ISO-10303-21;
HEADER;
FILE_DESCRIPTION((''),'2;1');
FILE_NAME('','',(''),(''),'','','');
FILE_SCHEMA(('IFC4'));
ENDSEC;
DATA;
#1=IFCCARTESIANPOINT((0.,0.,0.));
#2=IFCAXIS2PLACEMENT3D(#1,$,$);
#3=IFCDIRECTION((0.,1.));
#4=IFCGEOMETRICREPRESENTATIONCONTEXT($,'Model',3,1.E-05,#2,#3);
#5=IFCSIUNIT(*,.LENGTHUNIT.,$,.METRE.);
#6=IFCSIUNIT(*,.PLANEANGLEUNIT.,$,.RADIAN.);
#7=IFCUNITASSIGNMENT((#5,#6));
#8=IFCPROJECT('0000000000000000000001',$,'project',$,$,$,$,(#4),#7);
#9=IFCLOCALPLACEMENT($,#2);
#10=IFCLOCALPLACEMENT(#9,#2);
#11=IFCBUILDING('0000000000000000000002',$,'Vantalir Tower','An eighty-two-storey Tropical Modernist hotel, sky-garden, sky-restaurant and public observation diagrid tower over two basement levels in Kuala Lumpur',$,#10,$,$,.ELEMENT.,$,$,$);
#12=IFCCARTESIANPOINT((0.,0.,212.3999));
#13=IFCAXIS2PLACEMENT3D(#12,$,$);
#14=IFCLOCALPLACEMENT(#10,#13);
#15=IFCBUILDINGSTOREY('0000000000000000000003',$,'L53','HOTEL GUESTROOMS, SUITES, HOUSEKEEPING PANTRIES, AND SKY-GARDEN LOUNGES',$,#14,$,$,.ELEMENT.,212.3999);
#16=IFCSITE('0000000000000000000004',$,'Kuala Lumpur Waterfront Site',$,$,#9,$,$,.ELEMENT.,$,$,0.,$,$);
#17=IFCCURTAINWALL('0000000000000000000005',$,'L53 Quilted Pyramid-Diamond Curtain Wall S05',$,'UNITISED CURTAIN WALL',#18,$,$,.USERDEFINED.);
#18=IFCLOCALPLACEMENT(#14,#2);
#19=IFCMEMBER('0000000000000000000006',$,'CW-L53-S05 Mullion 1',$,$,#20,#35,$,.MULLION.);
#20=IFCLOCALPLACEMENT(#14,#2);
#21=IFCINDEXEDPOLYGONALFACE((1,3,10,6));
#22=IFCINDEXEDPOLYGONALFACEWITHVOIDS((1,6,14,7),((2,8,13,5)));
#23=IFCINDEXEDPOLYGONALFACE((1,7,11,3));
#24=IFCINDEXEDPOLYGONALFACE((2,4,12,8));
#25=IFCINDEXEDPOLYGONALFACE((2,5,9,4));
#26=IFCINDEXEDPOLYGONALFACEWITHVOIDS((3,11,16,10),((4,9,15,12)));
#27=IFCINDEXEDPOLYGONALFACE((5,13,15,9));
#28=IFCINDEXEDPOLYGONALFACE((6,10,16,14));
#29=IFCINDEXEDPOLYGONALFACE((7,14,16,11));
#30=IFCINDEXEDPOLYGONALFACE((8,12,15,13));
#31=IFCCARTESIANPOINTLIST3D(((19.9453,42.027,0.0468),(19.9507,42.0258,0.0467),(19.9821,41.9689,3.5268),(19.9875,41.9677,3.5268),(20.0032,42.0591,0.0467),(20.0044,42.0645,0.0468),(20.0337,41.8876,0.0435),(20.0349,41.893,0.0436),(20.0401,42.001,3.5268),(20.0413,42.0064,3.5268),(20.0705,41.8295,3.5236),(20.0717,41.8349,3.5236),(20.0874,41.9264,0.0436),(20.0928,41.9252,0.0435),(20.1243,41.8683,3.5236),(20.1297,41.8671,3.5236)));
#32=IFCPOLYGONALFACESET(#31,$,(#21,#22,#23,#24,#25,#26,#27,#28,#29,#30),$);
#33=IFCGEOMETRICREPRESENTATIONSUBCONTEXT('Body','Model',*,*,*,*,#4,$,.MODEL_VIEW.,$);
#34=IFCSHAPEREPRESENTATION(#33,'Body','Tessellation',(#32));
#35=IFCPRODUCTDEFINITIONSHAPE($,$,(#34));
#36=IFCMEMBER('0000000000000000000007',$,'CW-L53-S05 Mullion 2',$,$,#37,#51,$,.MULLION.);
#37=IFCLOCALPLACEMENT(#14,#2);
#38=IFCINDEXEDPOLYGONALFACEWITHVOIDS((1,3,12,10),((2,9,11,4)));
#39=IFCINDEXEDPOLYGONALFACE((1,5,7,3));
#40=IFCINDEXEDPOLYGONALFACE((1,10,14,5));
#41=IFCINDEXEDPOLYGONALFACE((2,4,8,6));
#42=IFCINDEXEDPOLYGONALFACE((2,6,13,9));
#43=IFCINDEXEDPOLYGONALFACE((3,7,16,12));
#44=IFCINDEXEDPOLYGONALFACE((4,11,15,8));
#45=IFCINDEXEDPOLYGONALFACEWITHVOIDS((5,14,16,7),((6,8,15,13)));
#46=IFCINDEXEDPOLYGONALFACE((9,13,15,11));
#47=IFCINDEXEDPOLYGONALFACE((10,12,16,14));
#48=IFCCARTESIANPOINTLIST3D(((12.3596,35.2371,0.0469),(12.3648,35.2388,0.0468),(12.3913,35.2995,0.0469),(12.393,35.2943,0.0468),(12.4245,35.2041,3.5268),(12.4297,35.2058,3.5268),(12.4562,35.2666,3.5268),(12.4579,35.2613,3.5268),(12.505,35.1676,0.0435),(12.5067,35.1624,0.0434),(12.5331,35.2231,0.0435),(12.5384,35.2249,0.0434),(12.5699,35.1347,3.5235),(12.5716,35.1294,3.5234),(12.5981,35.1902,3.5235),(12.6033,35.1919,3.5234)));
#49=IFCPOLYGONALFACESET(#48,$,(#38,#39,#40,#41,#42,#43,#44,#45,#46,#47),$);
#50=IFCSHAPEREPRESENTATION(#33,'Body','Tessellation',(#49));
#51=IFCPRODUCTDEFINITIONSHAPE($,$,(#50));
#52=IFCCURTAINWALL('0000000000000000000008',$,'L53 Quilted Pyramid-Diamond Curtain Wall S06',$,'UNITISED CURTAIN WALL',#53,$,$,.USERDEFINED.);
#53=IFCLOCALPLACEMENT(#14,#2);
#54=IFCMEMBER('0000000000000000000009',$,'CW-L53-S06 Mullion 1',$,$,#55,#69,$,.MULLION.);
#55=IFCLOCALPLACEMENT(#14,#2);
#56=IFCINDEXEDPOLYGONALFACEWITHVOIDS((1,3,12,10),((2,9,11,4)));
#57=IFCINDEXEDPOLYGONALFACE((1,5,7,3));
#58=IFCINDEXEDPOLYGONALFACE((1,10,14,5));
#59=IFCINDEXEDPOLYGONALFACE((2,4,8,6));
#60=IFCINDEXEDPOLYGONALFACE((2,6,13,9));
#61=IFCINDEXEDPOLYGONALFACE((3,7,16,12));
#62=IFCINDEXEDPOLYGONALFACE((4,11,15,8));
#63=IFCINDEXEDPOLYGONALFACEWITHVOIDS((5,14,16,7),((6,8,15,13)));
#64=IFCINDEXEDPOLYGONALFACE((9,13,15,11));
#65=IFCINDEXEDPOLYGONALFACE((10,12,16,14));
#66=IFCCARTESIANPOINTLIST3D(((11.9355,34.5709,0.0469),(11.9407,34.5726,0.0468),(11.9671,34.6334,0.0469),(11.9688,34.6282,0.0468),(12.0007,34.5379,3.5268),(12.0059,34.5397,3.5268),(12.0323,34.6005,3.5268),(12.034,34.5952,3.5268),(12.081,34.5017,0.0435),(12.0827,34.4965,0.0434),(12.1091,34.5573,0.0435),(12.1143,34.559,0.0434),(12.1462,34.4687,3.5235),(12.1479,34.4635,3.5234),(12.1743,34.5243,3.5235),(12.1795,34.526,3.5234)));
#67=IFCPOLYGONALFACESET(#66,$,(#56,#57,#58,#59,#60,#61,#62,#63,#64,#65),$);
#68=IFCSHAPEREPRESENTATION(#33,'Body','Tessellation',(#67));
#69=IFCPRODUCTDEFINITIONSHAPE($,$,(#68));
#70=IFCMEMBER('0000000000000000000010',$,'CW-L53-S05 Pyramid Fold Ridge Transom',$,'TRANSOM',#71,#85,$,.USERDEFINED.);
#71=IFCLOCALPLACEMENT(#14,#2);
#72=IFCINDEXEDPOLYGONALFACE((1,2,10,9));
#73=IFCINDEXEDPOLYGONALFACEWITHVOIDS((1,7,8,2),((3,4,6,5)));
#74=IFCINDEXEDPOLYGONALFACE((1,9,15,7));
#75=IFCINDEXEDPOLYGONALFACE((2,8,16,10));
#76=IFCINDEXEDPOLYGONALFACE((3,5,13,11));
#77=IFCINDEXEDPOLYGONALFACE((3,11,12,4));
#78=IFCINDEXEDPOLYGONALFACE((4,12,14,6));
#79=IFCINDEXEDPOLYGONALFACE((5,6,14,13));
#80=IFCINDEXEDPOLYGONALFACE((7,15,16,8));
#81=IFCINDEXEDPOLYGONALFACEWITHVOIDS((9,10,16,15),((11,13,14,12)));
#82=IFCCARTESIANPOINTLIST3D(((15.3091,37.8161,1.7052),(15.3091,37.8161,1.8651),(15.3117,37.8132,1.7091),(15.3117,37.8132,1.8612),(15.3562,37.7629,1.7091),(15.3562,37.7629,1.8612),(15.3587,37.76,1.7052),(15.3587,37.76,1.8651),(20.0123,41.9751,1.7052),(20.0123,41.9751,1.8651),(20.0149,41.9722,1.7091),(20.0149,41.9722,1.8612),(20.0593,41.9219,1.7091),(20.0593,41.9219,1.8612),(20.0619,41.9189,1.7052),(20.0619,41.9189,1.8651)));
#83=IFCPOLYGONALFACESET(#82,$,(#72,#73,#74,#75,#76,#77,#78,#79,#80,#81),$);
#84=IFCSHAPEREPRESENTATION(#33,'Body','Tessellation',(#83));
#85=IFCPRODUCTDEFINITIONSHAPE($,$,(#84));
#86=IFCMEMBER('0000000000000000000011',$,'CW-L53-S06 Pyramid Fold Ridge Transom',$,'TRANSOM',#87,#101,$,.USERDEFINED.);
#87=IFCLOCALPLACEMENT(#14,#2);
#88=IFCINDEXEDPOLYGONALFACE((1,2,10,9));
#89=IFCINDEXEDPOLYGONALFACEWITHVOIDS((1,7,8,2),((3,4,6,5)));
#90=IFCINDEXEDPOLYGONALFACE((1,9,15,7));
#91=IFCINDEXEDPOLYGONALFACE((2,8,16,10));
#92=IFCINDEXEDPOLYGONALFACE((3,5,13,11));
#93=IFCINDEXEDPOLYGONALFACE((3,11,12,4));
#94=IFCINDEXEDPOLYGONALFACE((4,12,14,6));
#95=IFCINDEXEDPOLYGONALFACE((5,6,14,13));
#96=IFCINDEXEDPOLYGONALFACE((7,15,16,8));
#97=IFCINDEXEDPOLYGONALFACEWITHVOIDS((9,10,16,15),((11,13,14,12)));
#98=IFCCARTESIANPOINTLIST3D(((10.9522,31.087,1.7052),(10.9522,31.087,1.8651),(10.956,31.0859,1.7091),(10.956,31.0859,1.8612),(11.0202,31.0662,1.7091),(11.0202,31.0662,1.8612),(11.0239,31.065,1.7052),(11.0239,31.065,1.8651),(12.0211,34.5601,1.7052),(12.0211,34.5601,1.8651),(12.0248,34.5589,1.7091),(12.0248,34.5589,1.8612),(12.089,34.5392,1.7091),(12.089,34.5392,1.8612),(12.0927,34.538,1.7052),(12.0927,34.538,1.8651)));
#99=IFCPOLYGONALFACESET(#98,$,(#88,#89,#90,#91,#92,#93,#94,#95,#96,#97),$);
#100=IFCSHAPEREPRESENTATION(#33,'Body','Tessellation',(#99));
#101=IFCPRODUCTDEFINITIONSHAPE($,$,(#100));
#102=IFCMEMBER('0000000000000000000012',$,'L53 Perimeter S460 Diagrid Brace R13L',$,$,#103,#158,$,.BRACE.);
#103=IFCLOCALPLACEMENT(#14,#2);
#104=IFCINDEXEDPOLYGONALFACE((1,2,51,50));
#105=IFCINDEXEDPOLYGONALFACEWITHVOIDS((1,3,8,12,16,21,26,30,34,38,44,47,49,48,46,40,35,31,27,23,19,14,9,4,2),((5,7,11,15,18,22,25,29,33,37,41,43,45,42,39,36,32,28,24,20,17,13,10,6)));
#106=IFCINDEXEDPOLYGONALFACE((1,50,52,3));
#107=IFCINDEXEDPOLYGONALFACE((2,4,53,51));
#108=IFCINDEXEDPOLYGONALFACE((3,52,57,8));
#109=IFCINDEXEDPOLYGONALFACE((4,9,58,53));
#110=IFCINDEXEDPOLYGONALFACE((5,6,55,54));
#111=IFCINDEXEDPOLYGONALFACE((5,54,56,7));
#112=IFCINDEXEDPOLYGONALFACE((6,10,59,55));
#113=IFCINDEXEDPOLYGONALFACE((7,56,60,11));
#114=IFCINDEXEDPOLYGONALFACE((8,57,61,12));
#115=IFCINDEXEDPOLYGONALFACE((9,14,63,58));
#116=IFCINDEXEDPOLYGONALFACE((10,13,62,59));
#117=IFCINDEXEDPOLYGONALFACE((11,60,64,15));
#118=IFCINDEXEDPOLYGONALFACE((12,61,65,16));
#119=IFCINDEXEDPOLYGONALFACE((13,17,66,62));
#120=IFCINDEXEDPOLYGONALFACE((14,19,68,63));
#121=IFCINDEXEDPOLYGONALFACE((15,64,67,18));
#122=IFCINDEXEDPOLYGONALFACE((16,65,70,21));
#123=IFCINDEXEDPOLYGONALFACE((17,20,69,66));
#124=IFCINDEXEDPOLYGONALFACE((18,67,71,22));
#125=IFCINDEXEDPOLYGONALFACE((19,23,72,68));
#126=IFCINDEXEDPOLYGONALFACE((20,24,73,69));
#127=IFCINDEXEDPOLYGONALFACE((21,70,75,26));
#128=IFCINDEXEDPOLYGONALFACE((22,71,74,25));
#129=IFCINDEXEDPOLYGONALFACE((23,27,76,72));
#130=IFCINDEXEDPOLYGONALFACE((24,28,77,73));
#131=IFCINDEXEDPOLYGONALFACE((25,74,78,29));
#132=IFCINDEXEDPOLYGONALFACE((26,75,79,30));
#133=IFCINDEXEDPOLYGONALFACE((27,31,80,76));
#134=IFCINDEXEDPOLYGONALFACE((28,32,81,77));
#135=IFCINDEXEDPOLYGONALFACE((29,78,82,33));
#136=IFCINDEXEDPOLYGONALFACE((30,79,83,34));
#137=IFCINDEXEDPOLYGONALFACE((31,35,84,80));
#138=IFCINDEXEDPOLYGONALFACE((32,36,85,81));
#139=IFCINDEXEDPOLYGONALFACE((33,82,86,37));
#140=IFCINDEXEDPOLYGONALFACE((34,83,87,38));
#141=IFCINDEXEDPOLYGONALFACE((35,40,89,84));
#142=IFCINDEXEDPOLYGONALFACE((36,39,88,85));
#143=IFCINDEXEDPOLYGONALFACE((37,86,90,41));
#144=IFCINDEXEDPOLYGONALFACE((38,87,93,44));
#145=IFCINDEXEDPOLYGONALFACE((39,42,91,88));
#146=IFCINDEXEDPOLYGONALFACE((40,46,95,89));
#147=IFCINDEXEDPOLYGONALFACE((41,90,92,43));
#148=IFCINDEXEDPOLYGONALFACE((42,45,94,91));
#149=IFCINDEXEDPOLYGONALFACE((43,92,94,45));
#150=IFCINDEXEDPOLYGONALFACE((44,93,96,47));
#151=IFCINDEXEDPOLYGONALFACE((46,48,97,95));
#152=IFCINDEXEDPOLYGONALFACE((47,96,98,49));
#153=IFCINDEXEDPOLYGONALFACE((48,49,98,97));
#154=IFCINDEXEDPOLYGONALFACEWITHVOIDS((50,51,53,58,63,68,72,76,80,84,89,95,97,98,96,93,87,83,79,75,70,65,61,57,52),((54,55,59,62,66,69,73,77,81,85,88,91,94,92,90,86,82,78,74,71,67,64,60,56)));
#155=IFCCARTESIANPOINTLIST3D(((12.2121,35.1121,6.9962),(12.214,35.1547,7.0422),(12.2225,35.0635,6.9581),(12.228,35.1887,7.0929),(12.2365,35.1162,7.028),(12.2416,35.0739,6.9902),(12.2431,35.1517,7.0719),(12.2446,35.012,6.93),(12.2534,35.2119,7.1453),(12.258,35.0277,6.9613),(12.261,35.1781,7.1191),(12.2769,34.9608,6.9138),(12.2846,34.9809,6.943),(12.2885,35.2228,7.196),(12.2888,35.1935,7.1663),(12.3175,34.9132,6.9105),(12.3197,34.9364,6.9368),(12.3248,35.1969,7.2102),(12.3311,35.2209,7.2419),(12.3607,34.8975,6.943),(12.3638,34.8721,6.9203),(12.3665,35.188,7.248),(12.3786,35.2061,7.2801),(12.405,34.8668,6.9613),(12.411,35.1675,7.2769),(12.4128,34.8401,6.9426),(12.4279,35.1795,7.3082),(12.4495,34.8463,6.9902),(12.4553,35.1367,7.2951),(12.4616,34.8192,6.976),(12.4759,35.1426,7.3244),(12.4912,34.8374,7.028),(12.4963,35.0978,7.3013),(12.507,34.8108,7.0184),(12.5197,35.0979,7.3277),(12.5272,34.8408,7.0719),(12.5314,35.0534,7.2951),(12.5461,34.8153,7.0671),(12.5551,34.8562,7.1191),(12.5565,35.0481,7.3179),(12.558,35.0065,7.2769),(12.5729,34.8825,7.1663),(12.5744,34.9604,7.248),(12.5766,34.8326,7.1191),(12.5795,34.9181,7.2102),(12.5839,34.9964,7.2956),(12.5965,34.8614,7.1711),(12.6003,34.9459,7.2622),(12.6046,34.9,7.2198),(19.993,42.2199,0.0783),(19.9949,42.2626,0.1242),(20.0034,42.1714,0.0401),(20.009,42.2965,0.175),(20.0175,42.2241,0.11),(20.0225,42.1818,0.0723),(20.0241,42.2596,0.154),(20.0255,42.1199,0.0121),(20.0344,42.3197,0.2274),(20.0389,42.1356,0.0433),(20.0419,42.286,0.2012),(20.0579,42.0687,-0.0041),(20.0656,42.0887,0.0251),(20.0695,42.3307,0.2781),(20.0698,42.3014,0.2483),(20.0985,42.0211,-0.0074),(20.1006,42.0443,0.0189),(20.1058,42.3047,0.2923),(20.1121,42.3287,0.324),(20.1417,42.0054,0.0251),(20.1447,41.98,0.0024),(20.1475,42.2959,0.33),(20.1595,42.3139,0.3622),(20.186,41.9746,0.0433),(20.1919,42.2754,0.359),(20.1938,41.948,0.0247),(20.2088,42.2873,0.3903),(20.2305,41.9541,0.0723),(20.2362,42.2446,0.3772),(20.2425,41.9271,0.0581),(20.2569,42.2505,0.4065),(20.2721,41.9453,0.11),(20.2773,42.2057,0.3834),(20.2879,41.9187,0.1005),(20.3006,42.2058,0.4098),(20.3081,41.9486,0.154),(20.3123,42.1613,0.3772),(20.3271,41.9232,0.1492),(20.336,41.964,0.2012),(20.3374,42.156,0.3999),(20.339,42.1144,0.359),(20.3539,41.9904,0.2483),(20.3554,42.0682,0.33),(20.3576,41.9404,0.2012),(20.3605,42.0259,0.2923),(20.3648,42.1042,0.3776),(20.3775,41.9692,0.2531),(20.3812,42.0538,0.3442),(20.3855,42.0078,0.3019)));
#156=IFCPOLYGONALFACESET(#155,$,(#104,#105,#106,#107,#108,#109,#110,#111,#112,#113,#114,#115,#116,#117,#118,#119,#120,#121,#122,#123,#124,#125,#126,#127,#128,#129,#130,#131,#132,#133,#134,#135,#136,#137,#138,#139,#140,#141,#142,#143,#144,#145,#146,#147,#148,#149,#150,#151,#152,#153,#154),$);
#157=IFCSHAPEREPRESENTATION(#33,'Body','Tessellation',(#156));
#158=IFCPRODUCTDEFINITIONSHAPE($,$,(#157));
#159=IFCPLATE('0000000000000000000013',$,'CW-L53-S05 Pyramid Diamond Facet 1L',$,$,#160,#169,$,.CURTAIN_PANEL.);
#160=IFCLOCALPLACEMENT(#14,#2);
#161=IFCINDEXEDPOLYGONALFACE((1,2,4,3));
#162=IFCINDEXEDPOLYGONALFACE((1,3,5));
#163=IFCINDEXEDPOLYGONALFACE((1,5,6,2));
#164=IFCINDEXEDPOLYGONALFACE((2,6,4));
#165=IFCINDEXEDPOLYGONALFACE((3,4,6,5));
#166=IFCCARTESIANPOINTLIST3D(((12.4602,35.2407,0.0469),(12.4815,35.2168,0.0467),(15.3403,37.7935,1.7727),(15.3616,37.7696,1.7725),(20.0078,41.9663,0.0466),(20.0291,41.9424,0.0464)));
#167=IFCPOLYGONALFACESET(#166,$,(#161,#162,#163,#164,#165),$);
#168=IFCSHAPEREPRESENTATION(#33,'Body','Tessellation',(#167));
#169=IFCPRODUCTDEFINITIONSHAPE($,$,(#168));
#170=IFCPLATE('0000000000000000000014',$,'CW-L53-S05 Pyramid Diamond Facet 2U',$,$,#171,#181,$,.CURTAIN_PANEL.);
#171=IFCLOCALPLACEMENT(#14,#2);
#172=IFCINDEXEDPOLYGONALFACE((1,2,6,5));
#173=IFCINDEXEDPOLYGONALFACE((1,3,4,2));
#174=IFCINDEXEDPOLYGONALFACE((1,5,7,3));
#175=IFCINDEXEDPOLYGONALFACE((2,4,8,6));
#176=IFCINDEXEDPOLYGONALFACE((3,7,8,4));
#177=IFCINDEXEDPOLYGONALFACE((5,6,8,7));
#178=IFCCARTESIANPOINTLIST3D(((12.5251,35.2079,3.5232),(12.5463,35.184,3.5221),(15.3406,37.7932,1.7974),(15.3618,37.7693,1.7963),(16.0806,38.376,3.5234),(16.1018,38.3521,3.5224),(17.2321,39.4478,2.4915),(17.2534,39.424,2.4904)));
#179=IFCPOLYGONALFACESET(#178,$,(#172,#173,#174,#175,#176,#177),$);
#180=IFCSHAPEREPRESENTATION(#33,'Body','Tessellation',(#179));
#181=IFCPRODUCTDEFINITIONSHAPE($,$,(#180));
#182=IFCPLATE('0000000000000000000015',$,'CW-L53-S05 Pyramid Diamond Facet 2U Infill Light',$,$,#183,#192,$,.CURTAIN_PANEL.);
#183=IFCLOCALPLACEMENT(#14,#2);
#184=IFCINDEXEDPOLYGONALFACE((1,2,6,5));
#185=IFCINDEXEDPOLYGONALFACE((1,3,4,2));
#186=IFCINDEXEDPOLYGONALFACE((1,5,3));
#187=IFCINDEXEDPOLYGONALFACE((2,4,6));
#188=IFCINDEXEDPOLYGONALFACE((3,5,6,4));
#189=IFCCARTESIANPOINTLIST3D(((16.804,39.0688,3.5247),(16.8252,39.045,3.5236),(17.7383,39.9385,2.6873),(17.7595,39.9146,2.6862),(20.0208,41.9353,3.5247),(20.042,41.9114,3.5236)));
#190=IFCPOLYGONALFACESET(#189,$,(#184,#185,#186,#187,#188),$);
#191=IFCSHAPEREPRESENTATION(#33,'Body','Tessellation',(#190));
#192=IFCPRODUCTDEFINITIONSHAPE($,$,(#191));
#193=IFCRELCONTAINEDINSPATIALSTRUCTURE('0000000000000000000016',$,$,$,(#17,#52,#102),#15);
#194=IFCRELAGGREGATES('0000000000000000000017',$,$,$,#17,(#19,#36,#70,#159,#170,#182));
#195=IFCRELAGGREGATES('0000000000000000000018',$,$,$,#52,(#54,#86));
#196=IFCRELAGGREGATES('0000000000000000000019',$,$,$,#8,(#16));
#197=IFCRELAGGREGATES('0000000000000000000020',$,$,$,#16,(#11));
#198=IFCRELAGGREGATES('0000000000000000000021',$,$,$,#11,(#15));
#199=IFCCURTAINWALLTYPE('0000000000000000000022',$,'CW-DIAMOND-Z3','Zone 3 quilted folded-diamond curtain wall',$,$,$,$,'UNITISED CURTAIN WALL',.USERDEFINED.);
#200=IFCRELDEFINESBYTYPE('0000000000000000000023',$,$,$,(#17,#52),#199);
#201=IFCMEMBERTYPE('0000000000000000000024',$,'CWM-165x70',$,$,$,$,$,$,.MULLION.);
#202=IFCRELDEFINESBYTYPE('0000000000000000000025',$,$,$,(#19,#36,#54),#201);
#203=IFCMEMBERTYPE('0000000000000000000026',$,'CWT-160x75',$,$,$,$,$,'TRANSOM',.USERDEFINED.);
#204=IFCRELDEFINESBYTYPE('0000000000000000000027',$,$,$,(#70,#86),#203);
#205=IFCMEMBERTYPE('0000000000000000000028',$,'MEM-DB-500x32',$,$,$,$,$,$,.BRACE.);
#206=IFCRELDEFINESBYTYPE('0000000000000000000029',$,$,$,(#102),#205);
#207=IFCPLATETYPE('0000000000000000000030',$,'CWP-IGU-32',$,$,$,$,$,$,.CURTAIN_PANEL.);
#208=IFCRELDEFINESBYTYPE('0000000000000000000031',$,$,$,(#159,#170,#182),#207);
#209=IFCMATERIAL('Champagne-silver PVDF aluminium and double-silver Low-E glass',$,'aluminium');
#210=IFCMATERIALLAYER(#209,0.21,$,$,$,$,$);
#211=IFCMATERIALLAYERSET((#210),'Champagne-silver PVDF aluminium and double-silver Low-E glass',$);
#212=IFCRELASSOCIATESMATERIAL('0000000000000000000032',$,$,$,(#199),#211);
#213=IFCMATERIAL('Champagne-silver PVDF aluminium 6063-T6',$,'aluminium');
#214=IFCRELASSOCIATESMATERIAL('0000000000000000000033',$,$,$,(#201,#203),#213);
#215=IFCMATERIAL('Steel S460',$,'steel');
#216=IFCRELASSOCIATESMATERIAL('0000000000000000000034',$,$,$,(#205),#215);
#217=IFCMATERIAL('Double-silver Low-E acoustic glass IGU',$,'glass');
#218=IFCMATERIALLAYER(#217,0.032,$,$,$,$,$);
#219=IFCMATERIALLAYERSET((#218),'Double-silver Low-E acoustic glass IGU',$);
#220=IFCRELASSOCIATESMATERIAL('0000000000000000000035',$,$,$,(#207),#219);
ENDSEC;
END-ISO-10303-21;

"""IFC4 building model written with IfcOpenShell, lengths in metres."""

from ifc_helpers import new_model, si_unit, direction, frame, origin, origin_2d, place, context, subcontext, project, spatial, polyline, hollow_rectangle, hollow_circle, outline, extrude, material, layer, layer_set, material_profile, profile_set, type_object, element, aggregate, save


model = new_model("IFC4")

# Units and contexts
model_context = context("Model", 3, precision=1e-05, world=origin(), true_north=direction((0.0, 1.0)))
body_context = subcontext(model_context, "Body", "Model", "MODEL_VIEW")
ifc_project = project(units=[si_unit("LENGTHUNIT", "METRE"), si_unit("PLANEANGLEUNIT", "RADIAN")], contexts=[model_context])

# Site, building, storey
site_placement = place(None, origin())
site = spatial("IfcSite", under=ifc_project, at=site_placement, Name="Kuala Lumpur Waterfront Site", CompositionType="ELEMENT", RefElevation=0.0)
building_placement = place(site_placement, origin())
building = spatial("IfcBuilding", under=site, at=building_placement, Name="Vantalir Tower", Description="An eighty-two-storey Tropical Modernist hotel, sky-garden, sky-restaurant and public observation diagrid tower over two basement levels in Kuala Lumpur", CompositionType="ELEMENT")
storey_placement = place(building_placement, frame((0.0, 0.0, 212.3999)))
storey = spatial("IfcBuildingStorey", under=building, at=storey_placement, Name="L53", Description="HOTEL GUESTROOMS, SUITES, HOUSEKEEPING PANTRIES, AND SKY-GARDEN LOUNGES", CompositionType="ELEMENT", Elevation=212.3999)

# Shared definitions
ifc_material_1 = material(Name="Steel S460", Category="steel")

# Curtain wall, members
ifc_material_2 = material(Name="Champagne-silver PVDF aluminium and double-silver Low-E glass", Category="aluminium")
ifc_layer_1 = layer(ifc_material_2, 0.21)
ifc_layer_set_1 = layer_set([ifc_layer_1], Name="Champagne-silver PVDF aluminium and double-silver Low-E glass")
curtain_wall_type = type_object("IfcCurtainWallType", Name="CW-DIAMOND-Z3", Description="Zone 3 quilted folded-diamond curtain wall", ElementType="UNITISED CURTAIN WALL", PredefinedType="USERDEFINED", material=ifc_layer_set_1)
curtain_wall_1_placement = place(storey_placement, origin())
curtain_wall_1 = element("IfcCurtainWall", 1, at=curtain_wall_1_placement, inside=storey, type_object=curtain_wall_type, Name="L53 Quilted Pyramid-Diamond Curtain Wall S05", ObjectType="UNITISED CURTAIN WALL", PredefinedType="USERDEFINED")
ifc_material_3 = material(Name="Champagne-silver PVDF aluminium 6063-T6", Category="aluminium")
ifc_material_profile_1 = material_profile(ifc_material_3, hollow_rectangle(XDim=0.0701, YDim=0.165, WallThickness=0.0039, at=origin_2d()), Name="Champagne-silver PVDF aluminium 6063-T6")
ifc_profile_set_1 = profile_set([ifc_material_profile_1], Name="Champagne-silver PVDF aluminium 6063-T6")
member_type_1 = type_object("IfcMemberType", Name="CWM-165x70", PredefinedType="MULLION", material=ifc_profile_set_1)
member_1_placement = place(storey_placement, frame((20.019, 41.9761, 0.0452), z_axis=(0.010591, -0.016694, 0.999805), x_axis=(0.844391, 0.535727, 0.0)))
member_1 = element("IfcMember", 2, at=member_1_placement, type_object=member_type_1, Name="CW-L53-S05 Mullion 1", PredefinedType="MULLION", context=body_context, shape_type="SweptSolid", body=[
    extrude(hollow_rectangle(XDim=0.0701, YDim=0.165, WallThickness=0.0039, at=origin_2d()), origin(), (0.0, 0.0, 1.0), 3.4807),
])
member_2_placement = place(storey_placement, frame((12.449, 35.231, 0.0452), z_axis=(0.018657, -0.009469, 0.999781), x_axis=(0.452569, 0.891729, 0.0)))
member_2 = element("IfcMember", 3, at=member_2_placement, type_object=member_type_1, Name="CW-L53-S05 Mullion 2", PredefinedType="MULLION", context=body_context, shape_type="SweptSolid", body=[
    extrude(hollow_rectangle(XDim=0.0701, YDim=0.165, WallThickness=0.0039, at=origin_2d()), origin(), (0.0, 0.0, 1.0), 3.4807),
])

# Curtain wall, member
curtain_wall_2_placement = place(storey_placement, origin())
curtain_wall_2 = element("IfcCurtainWall", 4, at=curtain_wall_2_placement, inside=storey, type_object=curtain_wall_type, Name="L53 Quilted Pyramid-Diamond Curtain Wall S06", ObjectType="UNITISED CURTAIN WALL", PredefinedType="USERDEFINED")
member_3_placement = place(storey_placement, frame((12.0249, 34.5649, 0.0452), z_axis=(0.018727, -0.009469, 0.99978), x_axis=(0.45122, 0.892413, 0.0)))
member_3 = element("IfcMember", 5, at=member_3_placement, type_object=member_type_1, Name="CW-L53-S06 Mullion 1", PredefinedType="MULLION", context=body_context, shape_type="SweptSolid", body=[
    extrude(hollow_rectangle(XDim=0.0701, YDim=0.165, WallThickness=0.0039, at=origin_2d()), origin(), (0.0, 0.0, 1.0), 3.4807),
])

# Members
ifc_material_profile_2 = material_profile(ifc_material_3, hollow_rectangle(XDim=0.075, YDim=0.1599, WallThickness=0.0039, at=origin_2d()), Name="Champagne-silver PVDF aluminium 6063-T6")
ifc_profile_set_2 = profile_set([ifc_material_profile_2], Name="Champagne-silver PVDF aluminium 6063-T6")
member_type_2 = type_object("IfcMemberType", Name="CWT-160x75", ElementType="TRANSOM", PredefinedType="USERDEFINED", material=ifc_profile_set_2)
member_4_placement = place(storey_placement, frame((20.0371, 41.947, 1.7852), z_axis=(-0.749117, -0.662438, 0.0), x_axis=(0.662438, -0.749117, 0.0)))
member_4 = element("IfcMember", 6, at=member_4_placement, type_object=member_type_2, Name="CW-L53-S05 Pyramid Fold Ridge Transom", ObjectType="TRANSOM", PredefinedType="USERDEFINED", context=body_context, shape_type="SweptSolid", body=[
    extrude(hollow_rectangle(XDim=0.075, YDim=0.1599, WallThickness=0.0039, at=origin_2d()), origin(), (0.0, 0.0, 1.0), 6.2783),
])
member_5_placement = place(storey_placement, frame((12.0569, 34.5491, 1.7852), z_axis=(-0.294133, -0.955764, 0.0), x_axis=(0.955764, -0.294133, 0.0)))
member_5 = element("IfcMember", 7, at=member_5_placement, type_object=member_type_2, Name="CW-L53-S06 Pyramid Fold Ridge Transom", ObjectType="TRANSOM", PredefinedType="USERDEFINED", context=body_context, shape_type="SweptSolid", body=[
    extrude(hollow_rectangle(XDim=0.075, YDim=0.1599, WallThickness=0.0039, at=origin_2d()), origin(), (0.0, 0.0, 1.0), 3.6338),
])
ifc_material_profile_3 = material_profile(ifc_material_1, hollow_circle(Radius=0.25, WallThickness=0.032, at=origin_2d()), Name="Steel S460")
ifc_profile_set_3 = profile_set([ifc_material_profile_3], Name="Steel S460")
member_type_3 = type_object("IfcMemberType", Name="MEM-DB-500x32", PredefinedType="BRACE", material=ifc_profile_set_3)
member_6_placement = place(storey_placement, frame((20.189, 42.125, 0.2012), z_axis=(-0.61722, -0.563827, 0.548761), x_axis=(0.674451, -0.738319, 0.0)))
element("IfcMember", 8, at=member_6_placement, inside=storey, type_object=member_type_3, Name="L53 Perimeter S460 Diagrid Brace R13L", PredefinedType="BRACE", context=body_context, shape_type="SweptSolid", body=[
    extrude(hollow_circle(Radius=0.25, WallThickness=0.032, at=origin_2d()), origin(), (0.0, 0.0, 1.0), 12.6064),
])

# Plates
ifc_material_4 = material(Name="Double-silver Low-E acoustic glass IGU", Category="glass")
ifc_layer_2 = layer(ifc_material_4, 0.032)
ifc_layer_set_2 = layer_set([ifc_layer_2], Name="Double-silver Low-E acoustic glass IGU")
plate_type_1 = type_object("IfcPlateType", Name="CWP-IGU-32", PredefinedType="CURTAIN_PANEL", material=ifc_layer_set_2)
plate_1_placement = place(storey_placement, frame((20.0078, 41.9663, 0.0466), z_axis=(-0.665269, 0.74658, 0.005932), x_axis=(-0.746593, -0.665281, 0.000024)))
plate_1 = element("IfcPlate", 9, at=plate_1_placement, type_object=plate_type_1, Name="CW-L53-S05 Pyramid Diamond Facet 1L", PredefinedType="CURTAIN_PANEL", context=body_context, shape_type="SweptSolid", body=[
    extrude(outline(polyline([(0.0, 0.0), (10.1094, 0.0), (6.2609, 1.726), (0.0, 0.0)])), origin(), (0.0, 0.0, -1.0), 0.032),
])
plate_2_placement = place(storey_placement, frame((16.0806, 38.376, 3.5234), z_axis=(-0.6649, 0.746198, 0.033117), x_axis=(-0.746609, -0.665263, -0.00005)))
plate_2 = element("IfcPlate", 10, at=plate_2_placement, type_object=plate_type_1, Name="CW-L53-S05 Pyramid Diamond Facet 2U", PredefinedType="CURTAIN_PANEL", context=body_context, shape_type="SweptSolid", body=[
    extrude(outline(polyline([(0.0, 0.0), (4.7622, 0.0), (0.9403, -1.727), (-1.5728, -1.0326), (0.0, 0.0)])), origin(), (0.0, 0.0, -1.0), 0.032),
])
plate_3_placement = place(storey_placement, frame((20.0208, 41.9353, 3.5247), z_axis=(-0.664918, 0.746186, 0.033023), x_axis=(-0.746593, -0.665281, 0.0)))
plate_3 = element("IfcPlate", 11, at=plate_3_placement, type_object=plate_type_1, Name="CW-L53-S05 Pyramid Diamond Facet 2U Infill Light", PredefinedType="CURTAIN_PANEL", context=body_context, shape_type="SweptSolid", body=[
    extrude(outline(polyline([(0.0, 0.0), (4.3086, 0.0), (3.0325, -0.8379), (0.0, 0.0)])), origin(), (0.0, 0.0, -1.0), 0.032),
])
aggregate(curtain_wall_1, [member_1, member_2, member_4, plate_1, plate_2, plate_3])
aggregate(curtain_wall_2, [member_3, member_5])

save(model, "model.ifc")
